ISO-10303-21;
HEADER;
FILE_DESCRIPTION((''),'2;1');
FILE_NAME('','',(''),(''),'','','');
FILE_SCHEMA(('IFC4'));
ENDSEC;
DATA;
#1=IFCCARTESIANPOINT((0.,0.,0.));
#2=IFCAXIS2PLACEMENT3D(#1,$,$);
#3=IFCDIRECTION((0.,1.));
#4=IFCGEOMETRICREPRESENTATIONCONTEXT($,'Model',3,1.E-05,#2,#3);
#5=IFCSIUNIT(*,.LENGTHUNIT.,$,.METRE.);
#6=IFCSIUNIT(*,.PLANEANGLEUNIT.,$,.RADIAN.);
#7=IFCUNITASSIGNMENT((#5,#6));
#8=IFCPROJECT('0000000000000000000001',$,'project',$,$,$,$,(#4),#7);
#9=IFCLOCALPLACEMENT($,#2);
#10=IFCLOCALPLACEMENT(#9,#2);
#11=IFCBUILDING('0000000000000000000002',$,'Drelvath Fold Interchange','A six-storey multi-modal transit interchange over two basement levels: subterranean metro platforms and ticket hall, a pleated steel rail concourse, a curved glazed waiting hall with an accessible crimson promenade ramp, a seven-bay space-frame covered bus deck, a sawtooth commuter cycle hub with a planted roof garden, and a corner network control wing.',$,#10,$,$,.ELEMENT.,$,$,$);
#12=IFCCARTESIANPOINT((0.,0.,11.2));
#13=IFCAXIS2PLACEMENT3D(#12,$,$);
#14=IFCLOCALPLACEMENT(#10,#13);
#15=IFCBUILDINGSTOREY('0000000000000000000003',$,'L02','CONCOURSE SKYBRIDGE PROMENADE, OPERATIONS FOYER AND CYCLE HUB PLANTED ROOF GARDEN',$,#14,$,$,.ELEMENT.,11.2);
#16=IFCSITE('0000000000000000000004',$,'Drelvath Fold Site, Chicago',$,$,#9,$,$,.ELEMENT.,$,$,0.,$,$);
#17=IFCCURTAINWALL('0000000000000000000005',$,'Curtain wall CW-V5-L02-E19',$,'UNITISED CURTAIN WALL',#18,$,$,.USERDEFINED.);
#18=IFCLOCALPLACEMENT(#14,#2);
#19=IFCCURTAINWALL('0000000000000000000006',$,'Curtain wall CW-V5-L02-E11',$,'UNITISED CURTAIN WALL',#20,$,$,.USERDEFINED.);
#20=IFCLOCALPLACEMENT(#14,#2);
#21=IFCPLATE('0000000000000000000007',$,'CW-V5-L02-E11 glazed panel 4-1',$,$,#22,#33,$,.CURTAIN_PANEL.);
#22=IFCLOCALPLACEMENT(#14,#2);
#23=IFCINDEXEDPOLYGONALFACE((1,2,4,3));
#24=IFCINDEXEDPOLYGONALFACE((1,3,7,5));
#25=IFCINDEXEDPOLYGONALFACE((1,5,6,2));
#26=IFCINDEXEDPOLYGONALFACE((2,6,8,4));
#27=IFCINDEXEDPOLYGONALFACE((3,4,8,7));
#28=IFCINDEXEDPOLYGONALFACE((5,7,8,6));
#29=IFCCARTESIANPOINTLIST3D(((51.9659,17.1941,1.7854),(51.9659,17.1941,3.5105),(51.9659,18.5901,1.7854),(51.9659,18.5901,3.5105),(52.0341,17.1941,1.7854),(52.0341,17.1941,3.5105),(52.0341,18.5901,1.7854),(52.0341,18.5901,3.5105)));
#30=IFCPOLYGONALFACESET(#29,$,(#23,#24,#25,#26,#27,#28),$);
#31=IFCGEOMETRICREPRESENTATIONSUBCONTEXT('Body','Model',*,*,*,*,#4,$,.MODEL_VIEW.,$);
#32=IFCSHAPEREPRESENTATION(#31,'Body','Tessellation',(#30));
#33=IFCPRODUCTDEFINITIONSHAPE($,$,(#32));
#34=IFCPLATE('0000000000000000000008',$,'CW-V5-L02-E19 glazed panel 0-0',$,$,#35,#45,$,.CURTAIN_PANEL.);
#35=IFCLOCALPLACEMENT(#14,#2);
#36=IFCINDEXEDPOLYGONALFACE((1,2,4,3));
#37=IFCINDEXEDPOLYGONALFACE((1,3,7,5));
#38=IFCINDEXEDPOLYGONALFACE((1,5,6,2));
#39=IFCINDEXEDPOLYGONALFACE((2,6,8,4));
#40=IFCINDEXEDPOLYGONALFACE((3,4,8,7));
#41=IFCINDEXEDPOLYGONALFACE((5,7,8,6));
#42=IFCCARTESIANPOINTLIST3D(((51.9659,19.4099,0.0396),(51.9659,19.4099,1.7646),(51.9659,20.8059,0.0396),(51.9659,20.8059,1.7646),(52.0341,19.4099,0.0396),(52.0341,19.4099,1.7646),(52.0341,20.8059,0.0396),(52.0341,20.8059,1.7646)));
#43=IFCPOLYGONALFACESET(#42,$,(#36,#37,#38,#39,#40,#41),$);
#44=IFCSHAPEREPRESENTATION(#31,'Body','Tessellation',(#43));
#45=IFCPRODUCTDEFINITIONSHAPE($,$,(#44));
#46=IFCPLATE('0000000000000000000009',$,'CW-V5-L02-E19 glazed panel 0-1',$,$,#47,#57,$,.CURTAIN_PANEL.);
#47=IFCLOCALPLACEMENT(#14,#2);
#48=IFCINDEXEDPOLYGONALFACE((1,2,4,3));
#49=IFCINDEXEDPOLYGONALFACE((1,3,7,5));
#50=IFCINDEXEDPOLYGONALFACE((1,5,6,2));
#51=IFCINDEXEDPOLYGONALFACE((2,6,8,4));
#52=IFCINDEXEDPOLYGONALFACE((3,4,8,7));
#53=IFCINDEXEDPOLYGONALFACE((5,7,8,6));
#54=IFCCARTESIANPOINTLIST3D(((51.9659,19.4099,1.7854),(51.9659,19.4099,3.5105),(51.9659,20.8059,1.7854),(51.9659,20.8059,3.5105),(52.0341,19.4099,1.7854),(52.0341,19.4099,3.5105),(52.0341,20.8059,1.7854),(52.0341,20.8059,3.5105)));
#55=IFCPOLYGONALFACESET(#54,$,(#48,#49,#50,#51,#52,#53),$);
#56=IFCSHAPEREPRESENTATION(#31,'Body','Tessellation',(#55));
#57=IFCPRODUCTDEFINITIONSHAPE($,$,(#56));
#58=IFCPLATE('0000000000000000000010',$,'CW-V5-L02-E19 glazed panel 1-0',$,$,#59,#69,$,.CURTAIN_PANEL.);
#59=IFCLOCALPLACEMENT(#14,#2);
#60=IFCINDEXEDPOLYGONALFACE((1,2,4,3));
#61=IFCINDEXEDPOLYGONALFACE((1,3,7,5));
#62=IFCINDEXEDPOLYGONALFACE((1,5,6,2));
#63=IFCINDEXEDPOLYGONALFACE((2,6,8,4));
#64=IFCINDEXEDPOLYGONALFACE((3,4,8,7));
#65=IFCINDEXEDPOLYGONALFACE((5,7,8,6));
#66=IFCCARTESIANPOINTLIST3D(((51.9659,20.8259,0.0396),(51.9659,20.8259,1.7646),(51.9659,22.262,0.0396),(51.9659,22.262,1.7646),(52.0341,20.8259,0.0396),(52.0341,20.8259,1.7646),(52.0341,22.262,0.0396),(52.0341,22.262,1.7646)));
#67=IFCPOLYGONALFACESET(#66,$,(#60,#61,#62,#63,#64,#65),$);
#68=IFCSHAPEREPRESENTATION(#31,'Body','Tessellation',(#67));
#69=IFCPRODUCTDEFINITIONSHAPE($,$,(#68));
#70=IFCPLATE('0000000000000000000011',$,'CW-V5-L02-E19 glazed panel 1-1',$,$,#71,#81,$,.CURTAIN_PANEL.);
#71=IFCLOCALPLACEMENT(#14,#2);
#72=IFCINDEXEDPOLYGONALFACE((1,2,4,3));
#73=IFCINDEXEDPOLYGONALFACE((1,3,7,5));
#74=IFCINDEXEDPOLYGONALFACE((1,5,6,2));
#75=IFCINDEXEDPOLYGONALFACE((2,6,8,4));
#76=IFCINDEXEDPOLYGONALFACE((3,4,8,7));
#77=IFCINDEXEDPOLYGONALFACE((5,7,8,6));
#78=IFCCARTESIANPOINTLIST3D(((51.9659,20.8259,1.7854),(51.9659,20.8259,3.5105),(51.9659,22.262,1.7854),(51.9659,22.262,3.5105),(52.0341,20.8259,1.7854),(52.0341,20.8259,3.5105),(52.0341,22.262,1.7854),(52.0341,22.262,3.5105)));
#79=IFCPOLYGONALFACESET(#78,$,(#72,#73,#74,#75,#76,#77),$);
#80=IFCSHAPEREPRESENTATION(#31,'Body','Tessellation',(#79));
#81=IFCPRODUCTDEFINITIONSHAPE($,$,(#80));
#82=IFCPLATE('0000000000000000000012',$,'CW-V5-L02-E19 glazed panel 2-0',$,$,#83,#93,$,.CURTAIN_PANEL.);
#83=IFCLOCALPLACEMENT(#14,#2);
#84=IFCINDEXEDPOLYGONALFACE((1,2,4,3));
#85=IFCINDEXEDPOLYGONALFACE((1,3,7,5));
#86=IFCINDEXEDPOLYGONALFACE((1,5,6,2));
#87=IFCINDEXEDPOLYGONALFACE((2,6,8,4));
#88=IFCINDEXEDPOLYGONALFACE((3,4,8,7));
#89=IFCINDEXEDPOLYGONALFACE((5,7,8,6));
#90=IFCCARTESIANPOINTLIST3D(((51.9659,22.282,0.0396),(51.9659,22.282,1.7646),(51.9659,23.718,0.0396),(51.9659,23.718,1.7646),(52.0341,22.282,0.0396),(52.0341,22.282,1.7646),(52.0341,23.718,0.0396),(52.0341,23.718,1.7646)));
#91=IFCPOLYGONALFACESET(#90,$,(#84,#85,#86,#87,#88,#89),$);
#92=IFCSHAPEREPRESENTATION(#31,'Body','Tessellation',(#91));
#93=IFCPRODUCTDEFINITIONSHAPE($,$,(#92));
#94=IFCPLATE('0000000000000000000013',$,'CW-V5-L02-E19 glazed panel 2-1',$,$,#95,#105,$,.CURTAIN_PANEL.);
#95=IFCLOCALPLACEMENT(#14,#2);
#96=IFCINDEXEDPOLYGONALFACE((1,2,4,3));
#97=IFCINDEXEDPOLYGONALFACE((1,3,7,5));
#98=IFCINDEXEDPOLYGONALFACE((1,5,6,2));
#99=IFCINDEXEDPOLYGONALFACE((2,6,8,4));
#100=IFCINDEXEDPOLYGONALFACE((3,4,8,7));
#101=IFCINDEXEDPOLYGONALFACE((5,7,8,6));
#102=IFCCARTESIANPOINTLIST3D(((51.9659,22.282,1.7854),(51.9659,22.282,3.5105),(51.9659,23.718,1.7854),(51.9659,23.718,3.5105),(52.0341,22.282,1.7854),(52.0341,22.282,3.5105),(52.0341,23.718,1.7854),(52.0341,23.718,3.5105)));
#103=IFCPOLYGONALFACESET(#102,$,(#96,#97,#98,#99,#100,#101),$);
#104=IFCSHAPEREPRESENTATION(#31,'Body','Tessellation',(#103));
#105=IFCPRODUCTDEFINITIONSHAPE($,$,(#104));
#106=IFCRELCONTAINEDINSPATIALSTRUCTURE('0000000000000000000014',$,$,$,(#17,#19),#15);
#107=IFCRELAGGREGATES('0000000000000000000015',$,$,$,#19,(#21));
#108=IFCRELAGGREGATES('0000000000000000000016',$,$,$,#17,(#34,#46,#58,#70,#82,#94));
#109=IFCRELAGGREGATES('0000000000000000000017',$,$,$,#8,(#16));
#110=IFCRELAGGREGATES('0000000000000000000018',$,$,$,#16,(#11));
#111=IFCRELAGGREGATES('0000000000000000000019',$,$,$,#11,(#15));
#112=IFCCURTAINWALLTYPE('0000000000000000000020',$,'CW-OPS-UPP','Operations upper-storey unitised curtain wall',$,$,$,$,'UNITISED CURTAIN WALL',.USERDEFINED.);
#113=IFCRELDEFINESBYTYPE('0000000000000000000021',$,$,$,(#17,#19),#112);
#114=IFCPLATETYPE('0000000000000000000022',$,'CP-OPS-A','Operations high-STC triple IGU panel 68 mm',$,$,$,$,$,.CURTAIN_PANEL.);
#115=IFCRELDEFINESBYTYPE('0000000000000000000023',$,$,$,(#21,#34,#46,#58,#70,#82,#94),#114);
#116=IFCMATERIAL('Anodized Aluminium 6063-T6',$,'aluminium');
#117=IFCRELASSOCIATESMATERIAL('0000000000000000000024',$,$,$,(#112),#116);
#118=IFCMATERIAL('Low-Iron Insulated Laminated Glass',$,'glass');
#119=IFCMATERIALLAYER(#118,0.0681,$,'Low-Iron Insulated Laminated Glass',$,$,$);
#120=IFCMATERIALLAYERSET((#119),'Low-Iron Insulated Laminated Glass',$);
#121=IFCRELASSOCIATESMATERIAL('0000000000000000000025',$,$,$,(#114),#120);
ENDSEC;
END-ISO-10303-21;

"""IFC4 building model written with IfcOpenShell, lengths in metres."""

from ifc_helpers import new_model, si_unit, direction, frame, origin, origin_2d, place, context, subcontext, project, spatial, rectangle, extrude, material, layer, layer_set, type_object, element, aggregate, save


model = new_model("IFC4")

# Units and contexts
model_context = context("Model", 3, precision=1e-05, world=origin(), true_north=direction((0.0, 1.0)))
body_context = subcontext(model_context, "Body", "Model", "MODEL_VIEW")
ifc_project = project(units=[si_unit("LENGTHUNIT", "METRE"), si_unit("PLANEANGLEUNIT", "RADIAN")], contexts=[model_context])

# Site, building, storey
site_placement = place(None, origin())
site = spatial("IfcSite", under=ifc_project, at=site_placement, Name="Drelvath Fold Site, Chicago", CompositionType="ELEMENT", RefElevation=0.0)
building_placement = place(site_placement, origin())
building = spatial("IfcBuilding", under=site, at=building_placement, Name="Drelvath Fold Interchange", Description="A six-storey multi-modal transit interchange over two basement levels: subterranean metro platforms and ticket hall, a pleated steel rail concourse, a curved glazed waiting hall with an accessible crimson promenade ramp, a seven-bay space-frame covered bus deck, a sawtooth commuter cycle hub with a planted roof garden, and a corner network control wing.", CompositionType="ELEMENT")
storey_placement = place(building_placement, frame((0.0, 0.0, 11.2)))
storey = spatial("IfcBuildingStorey", under=building, at=storey_placement, Name="L02", Description="CONCOURSE SKYBRIDGE PROMENADE, OPERATIONS FOYER AND CYCLE HUB PLANTED ROOF GARDEN", CompositionType="ELEMENT", Elevation=11.2)

# Curtain wall
ifc_material_1 = material(Name="Anodized Aluminium 6063-T6", Category="aluminium")
curtain_wall_type = type_object("IfcCurtainWallType", Name="CW-OPS-UPP", Description="Operations upper-storey unitised curtain wall", ElementType="UNITISED CURTAIN WALL", PredefinedType="USERDEFINED", material=ifc_material_1)
curtain_wall_1_placement = place(storey_placement, origin())
curtain_wall_1 = element("IfcCurtainWall", 1, at=curtain_wall_1_placement, inside=storey, type_object=curtain_wall_type, Name="Curtain wall CW-V5-L02-E19", ObjectType="UNITISED CURTAIN WALL", PredefinedType="USERDEFINED")

# Curtain wall, plate
curtain_wall_2_placement = place(storey_placement, origin())
curtain_wall_2 = element("IfcCurtainWall", 2, at=curtain_wall_2_placement, inside=storey, type_object=curtain_wall_type, Name="Curtain wall CW-V5-L02-E11", ObjectType="UNITISED CURTAIN WALL", PredefinedType="USERDEFINED")
ifc_material_2 = material(Name="Low-Iron Insulated Laminated Glass", Category="glass")
ifc_layer = layer(ifc_material_2, 0.0681, Name="Low-Iron Insulated Laminated Glass")
ifc_layer_set = layer_set([ifc_layer], Name="Low-Iron Insulated Laminated Glass")
plate_type = type_object("IfcPlateType", Name="CP-OPS-A", Description="Operations high-STC triple IGU panel 68 mm", PredefinedType="CURTAIN_PANEL", material=ifc_layer_set)
plate_1_placement = place(storey_placement, frame((52.0, 17.8921, 1.7854), z_axis=(0.0, 0.0, 1.0), x_axis=(0.0, 1.0, 0.0)))
plate_1 = element("IfcPlate", 3, at=plate_1_placement, type_object=plate_type, Name="CW-V5-L02-E11 glazed panel 4-1", PredefinedType="CURTAIN_PANEL", context=body_context, shape_type="SweptSolid", body=[
    extrude(rectangle(XDim=1.396, YDim=0.0681, at=origin_2d()), origin(), (0.0, 0.0, 1.0), 1.7251),
])
aggregate(curtain_wall_2, [plate_1])

# Plates
plate_2_placement = place(storey_placement, frame((52.0, 20.1079, 0.0396), z_axis=(0.0, 0.0, 1.0), x_axis=(0.0, 1.0, 0.0)))
plate_2 = element("IfcPlate", 4, at=plate_2_placement, type_object=plate_type, Name="CW-V5-L02-E19 glazed panel 0-0", PredefinedType="CURTAIN_PANEL", context=body_context, shape_type="SweptSolid", body=[
    extrude(rectangle(XDim=1.396, YDim=0.0681, at=origin_2d()), origin(), (0.0, 0.0, 1.0), 1.7251),
])
plate_3_placement = place(storey_placement, frame((52.0, 20.1079, 1.7854), z_axis=(0.0, 0.0, 1.0), x_axis=(0.0, 1.0, 0.0)))
plate_3 = element("IfcPlate", 5, at=plate_3_placement, type_object=plate_type, Name="CW-V5-L02-E19 glazed panel 0-1", PredefinedType="CURTAIN_PANEL", context=body_context, shape_type="SweptSolid", body=[
    extrude(rectangle(XDim=1.396, YDim=0.0681, at=origin_2d()), origin(), (0.0, 0.0, 1.0), 1.7251),
])
plate_4_placement = place(storey_placement, frame((52.0, 21.5439, 0.0396), z_axis=(0.0, 0.0, 1.0), x_axis=(0.0, 1.0, 0.0)))
plate_4 = element("IfcPlate", 6, at=plate_4_placement, type_object=plate_type, Name="CW-V5-L02-E19 glazed panel 1-0", PredefinedType="CURTAIN_PANEL", context=body_context, shape_type="SweptSolid", body=[
    extrude(rectangle(XDim=1.436, YDim=0.0681, at=origin_2d()), origin(), (0.0, 0.0, 1.0), 1.7251),
])
plate_5_placement = place(storey_placement, frame((52.0, 21.5439, 1.7854), z_axis=(0.0, 0.0, 1.0), x_axis=(0.0, 1.0, 0.0)))
plate_5 = element("IfcPlate", 7, at=plate_5_placement, type_object=plate_type, Name="CW-V5-L02-E19 glazed panel 1-1", PredefinedType="CURTAIN_PANEL", context=body_context, shape_type="SweptSolid", body=[
    extrude(rectangle(XDim=1.436, YDim=0.0681, at=origin_2d()), origin(), (0.0, 0.0, 1.0), 1.7251),
])
plate_6_placement = place(storey_placement, frame((52.0, 23.0, 0.0396), z_axis=(0.0, 0.0, 1.0), x_axis=(0.0, 1.0, 0.0)))
plate_6 = element("IfcPlate", 8, at=plate_6_placement, type_object=plate_type, Name="CW-V5-L02-E19 glazed panel 2-0", PredefinedType="CURTAIN_PANEL", context=body_context, shape_type="SweptSolid", body=[
    extrude(rectangle(XDim=1.436, YDim=0.0681, at=origin_2d()), origin(), (0.0, 0.0, 1.0), 1.7251),
])
plate_7_placement = place(storey_placement, frame((52.0, 23.0, 1.7854), z_axis=(0.0, 0.0, 1.0), x_axis=(0.0, 1.0, 0.0)))
plate_7 = element("IfcPlate", 9, at=plate_7_placement, type_object=plate_type, Name="CW-V5-L02-E19 glazed panel 2-1", PredefinedType="CURTAIN_PANEL", context=body_context, shape_type="SweptSolid", body=[
    extrude(rectangle(XDim=1.436, YDim=0.0681, at=origin_2d()), origin(), (0.0, 0.0, 1.0), 1.7251),
])
aggregate(curtain_wall_1, [plate_2, plate_3, plate_4, plate_5, plate_6, plate_7])

save(model, "model.ifc")
